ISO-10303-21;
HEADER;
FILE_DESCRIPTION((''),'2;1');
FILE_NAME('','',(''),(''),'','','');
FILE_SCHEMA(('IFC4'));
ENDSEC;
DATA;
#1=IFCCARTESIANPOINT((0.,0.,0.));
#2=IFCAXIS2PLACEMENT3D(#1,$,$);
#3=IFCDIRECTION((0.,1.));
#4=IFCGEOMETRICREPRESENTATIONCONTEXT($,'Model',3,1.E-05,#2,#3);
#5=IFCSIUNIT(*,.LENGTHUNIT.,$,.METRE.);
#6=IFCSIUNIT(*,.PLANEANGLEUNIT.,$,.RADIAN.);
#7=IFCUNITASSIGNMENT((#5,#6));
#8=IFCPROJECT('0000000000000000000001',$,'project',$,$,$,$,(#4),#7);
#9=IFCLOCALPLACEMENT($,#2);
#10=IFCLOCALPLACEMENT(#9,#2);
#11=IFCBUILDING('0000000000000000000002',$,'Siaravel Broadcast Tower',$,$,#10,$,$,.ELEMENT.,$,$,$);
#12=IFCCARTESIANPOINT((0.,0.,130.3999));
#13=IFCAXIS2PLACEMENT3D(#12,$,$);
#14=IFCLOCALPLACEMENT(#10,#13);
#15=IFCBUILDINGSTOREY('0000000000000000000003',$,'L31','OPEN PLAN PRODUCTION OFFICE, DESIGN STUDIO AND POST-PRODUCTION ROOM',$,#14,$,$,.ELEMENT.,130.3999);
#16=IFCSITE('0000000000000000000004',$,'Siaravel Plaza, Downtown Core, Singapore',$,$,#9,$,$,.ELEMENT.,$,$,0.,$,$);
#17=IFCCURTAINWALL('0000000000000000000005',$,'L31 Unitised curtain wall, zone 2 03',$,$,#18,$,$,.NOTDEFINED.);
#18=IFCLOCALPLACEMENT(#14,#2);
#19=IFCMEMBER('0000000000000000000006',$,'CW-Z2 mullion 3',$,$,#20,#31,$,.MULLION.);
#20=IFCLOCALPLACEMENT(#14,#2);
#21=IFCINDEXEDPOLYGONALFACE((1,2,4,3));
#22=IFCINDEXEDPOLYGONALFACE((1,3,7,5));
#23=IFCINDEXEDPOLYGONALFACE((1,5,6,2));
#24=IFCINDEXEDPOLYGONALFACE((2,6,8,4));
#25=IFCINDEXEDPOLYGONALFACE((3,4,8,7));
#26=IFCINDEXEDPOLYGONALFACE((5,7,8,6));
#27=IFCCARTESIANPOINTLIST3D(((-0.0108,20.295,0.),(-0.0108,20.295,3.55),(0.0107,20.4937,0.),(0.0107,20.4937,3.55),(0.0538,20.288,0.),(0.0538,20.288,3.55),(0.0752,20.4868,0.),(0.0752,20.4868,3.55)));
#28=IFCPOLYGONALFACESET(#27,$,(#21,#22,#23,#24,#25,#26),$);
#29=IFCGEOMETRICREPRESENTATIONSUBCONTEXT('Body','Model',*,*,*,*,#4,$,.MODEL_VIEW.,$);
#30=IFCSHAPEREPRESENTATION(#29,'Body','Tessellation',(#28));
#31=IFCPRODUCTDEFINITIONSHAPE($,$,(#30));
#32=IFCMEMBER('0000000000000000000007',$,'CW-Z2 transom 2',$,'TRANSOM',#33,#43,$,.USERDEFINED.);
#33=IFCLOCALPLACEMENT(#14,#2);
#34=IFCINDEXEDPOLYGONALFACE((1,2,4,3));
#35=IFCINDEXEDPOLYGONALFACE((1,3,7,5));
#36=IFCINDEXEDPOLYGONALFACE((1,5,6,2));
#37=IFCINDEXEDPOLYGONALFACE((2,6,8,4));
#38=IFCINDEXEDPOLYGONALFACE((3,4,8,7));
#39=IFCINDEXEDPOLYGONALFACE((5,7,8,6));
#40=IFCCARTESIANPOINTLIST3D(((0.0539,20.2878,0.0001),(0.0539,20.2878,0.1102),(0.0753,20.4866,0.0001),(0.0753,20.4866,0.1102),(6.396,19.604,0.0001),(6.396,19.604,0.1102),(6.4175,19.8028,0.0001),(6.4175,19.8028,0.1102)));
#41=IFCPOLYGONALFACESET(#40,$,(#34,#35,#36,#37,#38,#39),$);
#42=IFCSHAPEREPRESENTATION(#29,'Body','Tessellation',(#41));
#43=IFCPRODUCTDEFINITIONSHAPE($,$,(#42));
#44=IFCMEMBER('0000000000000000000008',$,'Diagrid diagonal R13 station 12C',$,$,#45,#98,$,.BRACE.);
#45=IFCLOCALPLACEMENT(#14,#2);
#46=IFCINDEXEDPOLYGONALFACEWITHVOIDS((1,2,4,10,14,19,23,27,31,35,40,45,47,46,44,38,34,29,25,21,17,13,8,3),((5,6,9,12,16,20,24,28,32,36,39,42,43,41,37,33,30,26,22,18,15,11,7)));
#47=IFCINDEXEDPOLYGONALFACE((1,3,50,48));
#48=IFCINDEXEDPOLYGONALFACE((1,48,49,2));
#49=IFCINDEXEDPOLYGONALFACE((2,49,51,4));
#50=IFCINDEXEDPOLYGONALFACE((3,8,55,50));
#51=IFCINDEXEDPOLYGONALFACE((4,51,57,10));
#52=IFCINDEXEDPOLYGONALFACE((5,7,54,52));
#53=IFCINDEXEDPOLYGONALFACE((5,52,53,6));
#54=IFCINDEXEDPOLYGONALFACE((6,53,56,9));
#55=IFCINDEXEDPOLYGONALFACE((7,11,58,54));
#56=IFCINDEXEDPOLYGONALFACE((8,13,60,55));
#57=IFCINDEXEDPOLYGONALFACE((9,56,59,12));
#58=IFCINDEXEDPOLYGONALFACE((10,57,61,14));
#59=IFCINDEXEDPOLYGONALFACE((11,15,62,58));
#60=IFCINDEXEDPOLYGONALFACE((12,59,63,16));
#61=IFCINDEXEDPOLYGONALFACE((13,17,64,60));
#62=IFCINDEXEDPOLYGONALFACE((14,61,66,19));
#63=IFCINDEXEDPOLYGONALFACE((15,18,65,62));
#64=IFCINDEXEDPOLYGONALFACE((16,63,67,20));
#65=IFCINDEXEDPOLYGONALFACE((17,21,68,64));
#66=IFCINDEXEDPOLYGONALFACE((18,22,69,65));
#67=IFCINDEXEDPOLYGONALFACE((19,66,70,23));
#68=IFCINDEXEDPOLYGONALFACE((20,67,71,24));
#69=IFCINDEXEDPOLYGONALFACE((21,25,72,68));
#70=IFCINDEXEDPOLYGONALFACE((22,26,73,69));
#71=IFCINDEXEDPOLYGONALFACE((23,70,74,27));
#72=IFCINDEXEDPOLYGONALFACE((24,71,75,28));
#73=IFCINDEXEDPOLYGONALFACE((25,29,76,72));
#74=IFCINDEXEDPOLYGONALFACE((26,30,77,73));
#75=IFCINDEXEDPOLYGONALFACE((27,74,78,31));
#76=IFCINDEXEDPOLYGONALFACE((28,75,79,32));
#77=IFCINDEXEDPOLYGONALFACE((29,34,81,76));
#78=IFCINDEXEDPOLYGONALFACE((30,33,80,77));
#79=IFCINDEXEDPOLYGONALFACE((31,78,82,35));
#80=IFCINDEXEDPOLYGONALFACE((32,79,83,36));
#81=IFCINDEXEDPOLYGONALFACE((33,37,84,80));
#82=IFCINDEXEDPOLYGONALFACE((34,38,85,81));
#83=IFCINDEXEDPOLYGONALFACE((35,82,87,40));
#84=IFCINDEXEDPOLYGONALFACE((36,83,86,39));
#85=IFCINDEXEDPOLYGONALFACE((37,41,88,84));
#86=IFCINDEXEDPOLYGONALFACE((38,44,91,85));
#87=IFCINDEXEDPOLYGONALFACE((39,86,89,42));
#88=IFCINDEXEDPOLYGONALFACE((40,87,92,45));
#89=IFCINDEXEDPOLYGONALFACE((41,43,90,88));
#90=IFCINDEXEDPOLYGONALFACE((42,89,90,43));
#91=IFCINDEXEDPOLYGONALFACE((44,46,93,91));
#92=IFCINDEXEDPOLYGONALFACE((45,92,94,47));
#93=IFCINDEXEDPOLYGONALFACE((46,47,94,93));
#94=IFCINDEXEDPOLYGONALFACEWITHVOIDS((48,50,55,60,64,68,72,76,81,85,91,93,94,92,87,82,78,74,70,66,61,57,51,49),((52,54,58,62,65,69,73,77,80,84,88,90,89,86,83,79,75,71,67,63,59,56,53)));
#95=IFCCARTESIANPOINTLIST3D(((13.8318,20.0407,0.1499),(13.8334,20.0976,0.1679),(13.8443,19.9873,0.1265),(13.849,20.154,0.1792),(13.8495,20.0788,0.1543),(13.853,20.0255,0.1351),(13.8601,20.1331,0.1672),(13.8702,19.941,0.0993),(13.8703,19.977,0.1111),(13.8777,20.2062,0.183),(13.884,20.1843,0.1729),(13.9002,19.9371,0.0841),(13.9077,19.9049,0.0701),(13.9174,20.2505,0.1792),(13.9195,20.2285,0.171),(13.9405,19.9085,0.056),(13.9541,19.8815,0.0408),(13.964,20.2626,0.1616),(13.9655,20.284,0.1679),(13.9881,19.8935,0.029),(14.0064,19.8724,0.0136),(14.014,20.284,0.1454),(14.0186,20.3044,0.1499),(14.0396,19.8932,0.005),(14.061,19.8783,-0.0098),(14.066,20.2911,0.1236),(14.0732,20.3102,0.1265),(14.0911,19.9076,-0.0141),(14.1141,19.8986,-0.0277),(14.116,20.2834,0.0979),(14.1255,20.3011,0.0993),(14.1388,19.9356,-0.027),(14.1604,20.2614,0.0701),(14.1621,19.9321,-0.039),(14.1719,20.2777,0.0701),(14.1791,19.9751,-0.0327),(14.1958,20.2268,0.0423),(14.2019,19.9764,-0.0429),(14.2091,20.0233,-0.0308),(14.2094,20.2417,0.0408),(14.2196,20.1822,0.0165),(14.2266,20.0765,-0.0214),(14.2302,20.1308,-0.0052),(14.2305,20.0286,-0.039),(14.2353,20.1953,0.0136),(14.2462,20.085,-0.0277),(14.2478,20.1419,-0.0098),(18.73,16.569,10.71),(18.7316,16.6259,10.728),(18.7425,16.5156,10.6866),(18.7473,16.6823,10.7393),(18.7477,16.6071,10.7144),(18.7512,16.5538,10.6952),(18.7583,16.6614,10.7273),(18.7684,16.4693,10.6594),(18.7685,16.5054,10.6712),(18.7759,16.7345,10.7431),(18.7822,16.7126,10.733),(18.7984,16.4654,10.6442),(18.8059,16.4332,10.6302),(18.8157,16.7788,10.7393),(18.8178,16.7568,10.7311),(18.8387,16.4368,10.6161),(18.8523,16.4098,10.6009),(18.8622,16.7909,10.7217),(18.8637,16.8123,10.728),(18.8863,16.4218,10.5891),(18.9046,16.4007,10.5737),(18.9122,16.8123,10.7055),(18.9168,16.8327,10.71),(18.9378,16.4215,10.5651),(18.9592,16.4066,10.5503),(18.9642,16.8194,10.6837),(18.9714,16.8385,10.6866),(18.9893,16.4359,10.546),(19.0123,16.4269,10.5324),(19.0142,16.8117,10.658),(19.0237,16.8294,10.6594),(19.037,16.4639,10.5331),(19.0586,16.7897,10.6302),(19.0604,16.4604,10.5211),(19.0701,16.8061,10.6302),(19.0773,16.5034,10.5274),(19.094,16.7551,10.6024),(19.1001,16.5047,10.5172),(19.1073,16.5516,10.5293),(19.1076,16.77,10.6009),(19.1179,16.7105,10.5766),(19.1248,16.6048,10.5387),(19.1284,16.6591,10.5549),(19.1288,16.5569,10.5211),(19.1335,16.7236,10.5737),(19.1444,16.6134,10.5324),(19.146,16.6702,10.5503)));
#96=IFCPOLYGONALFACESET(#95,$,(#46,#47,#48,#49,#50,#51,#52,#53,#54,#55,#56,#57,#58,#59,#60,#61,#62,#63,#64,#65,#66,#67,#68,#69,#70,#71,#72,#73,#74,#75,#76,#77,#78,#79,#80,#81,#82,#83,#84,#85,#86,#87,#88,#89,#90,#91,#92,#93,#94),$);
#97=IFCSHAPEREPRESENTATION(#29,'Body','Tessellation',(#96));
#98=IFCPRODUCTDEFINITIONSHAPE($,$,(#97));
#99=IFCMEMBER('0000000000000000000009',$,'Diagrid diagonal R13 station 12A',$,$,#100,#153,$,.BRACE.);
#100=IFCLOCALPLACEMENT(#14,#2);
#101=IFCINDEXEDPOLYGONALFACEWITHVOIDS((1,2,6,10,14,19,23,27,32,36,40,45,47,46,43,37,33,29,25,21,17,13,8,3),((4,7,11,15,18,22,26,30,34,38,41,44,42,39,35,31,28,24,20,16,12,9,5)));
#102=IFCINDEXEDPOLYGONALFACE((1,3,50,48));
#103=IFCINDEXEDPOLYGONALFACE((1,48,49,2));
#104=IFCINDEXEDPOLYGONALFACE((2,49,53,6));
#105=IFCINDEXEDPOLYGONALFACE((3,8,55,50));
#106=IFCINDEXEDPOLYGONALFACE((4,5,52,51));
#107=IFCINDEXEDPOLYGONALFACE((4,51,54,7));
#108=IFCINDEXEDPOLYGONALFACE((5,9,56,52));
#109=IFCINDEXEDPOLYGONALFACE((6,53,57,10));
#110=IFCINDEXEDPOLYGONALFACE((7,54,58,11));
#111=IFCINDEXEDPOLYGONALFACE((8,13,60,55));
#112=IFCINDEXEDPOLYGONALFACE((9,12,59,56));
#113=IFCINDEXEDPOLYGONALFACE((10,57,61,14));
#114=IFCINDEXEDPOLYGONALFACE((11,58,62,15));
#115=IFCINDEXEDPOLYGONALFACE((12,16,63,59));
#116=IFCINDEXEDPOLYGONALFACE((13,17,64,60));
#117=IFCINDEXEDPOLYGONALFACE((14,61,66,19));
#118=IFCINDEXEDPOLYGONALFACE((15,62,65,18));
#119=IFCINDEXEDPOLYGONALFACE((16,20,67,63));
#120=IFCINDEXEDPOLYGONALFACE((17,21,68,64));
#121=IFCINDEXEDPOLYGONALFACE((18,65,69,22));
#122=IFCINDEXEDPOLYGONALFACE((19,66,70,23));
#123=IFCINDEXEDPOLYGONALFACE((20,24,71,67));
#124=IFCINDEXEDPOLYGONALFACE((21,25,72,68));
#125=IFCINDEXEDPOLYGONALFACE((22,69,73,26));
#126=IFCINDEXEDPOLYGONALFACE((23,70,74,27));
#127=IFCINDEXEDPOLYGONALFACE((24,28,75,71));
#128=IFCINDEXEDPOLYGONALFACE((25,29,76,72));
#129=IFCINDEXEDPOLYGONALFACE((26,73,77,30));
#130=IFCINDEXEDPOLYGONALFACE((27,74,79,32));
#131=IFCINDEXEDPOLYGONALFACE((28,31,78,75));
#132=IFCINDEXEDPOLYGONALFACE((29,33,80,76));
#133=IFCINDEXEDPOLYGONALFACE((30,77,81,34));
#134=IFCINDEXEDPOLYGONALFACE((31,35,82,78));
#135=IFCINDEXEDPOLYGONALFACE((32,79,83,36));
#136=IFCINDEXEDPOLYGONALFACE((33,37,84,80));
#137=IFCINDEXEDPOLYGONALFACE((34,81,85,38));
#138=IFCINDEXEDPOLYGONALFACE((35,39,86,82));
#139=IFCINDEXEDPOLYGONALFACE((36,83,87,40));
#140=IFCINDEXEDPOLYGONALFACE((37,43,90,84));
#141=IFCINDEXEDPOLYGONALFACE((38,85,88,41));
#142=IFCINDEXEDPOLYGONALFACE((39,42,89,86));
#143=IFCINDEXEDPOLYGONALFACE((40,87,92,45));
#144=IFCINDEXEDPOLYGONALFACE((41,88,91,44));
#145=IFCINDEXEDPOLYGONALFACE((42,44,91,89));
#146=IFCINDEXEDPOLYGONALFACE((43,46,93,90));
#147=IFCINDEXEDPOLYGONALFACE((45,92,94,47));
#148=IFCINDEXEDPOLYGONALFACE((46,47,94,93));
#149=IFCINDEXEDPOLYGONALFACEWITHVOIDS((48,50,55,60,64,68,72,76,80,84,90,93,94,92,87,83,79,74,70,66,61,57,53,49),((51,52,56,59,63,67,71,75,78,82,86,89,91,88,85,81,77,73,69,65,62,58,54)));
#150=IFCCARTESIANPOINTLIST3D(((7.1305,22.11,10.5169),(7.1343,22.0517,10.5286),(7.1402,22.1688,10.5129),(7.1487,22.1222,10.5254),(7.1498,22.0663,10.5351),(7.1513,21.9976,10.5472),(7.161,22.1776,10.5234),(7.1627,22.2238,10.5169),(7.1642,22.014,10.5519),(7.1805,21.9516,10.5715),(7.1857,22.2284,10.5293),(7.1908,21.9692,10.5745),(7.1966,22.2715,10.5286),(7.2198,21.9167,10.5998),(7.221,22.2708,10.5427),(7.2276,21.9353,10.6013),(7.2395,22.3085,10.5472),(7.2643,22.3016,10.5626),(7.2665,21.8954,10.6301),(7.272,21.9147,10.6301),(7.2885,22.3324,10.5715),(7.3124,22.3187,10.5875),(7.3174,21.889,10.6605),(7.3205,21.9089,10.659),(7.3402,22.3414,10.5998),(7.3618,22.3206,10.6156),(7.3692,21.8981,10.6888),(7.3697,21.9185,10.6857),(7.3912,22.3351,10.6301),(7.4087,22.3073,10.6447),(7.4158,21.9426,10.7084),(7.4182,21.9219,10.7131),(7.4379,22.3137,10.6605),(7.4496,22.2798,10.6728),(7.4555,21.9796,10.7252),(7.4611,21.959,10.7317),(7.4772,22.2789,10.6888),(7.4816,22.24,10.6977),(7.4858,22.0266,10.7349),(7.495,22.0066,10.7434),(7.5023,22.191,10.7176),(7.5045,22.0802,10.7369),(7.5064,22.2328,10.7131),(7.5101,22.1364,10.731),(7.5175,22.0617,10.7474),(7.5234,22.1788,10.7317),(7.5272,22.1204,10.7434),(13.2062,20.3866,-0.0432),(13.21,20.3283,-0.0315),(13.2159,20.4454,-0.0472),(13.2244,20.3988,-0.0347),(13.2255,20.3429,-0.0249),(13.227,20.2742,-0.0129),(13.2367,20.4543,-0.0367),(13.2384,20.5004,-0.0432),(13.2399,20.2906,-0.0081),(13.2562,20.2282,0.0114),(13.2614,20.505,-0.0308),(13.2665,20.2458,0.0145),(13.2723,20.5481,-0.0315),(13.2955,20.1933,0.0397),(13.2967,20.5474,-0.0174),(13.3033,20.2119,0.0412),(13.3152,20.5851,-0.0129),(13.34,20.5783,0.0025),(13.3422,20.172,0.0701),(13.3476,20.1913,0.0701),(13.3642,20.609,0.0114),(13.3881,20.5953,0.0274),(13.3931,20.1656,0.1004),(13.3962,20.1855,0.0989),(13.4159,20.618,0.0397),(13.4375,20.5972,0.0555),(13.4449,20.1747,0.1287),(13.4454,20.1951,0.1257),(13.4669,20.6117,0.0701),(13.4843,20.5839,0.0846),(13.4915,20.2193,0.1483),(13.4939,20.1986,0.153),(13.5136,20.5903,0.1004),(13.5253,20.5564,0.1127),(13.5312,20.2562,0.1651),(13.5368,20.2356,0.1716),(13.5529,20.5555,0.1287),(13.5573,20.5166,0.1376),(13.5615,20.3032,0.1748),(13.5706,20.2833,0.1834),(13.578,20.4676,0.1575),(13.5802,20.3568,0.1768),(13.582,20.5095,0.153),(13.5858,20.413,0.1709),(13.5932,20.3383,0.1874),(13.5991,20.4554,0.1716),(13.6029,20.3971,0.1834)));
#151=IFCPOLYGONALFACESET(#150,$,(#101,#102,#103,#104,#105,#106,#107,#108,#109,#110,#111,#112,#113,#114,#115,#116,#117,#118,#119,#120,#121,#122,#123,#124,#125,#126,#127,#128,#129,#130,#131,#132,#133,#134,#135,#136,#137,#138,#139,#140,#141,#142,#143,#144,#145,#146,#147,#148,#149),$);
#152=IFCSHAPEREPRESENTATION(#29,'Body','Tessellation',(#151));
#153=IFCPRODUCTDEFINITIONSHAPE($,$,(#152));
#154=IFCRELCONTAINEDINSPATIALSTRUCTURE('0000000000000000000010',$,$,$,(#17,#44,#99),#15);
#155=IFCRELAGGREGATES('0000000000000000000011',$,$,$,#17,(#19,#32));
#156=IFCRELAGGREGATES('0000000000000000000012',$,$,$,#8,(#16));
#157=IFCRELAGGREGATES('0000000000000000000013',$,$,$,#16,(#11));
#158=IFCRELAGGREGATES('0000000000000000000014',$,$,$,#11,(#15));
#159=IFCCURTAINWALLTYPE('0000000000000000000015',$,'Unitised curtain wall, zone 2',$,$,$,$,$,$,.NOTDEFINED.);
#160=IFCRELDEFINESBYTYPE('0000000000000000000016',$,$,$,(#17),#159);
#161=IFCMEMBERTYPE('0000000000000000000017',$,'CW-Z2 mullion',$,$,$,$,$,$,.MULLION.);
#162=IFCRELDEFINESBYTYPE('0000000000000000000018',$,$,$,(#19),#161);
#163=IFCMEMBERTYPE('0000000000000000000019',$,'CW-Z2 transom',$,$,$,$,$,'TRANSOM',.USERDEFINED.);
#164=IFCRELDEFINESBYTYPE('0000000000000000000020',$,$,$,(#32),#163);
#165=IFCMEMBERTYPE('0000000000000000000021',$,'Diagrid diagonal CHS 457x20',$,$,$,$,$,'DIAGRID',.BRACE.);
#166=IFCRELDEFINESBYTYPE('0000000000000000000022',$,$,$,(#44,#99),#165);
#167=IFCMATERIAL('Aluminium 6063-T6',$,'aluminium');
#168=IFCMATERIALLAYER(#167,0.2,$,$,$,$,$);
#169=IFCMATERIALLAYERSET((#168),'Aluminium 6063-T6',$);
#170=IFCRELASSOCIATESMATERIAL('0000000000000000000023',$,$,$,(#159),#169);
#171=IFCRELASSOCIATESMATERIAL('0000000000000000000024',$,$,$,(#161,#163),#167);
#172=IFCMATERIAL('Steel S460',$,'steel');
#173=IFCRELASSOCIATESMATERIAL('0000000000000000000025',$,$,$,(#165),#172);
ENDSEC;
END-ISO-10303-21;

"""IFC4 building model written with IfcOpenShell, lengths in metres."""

from ifc_helpers import new_model, si_unit, direction, frame, origin, origin_2d, place, context, subcontext, project, spatial, rectangle, hollow_circle, extrude, material, layer, layer_set, material_profile, profile_set, type_object, element, aggregate, save


model = new_model("IFC4")

# Units and contexts
model_context = context("Model", 3, precision=1e-05, world=origin(), true_north=direction((0.0, 1.0)))
body_context = subcontext(model_context, "Body", "Model", "MODEL_VIEW")
ifc_project = project(units=[si_unit("LENGTHUNIT", "METRE"), si_unit("PLANEANGLEUNIT", "RADIAN")], contexts=[model_context])

# Site, building, storey
site_placement = place(None, origin())
site = spatial("IfcSite", under=ifc_project, at=site_placement, Name="Siaravel Plaza, Downtown Core, Singapore", CompositionType="ELEMENT", RefElevation=0.0)
building_placement = place(site_placement, origin())
building = spatial("IfcBuilding", under=site, at=building_placement, Name="Siaravel Broadcast Tower", CompositionType="ELEMENT")
storey_placement = place(building_placement, frame((0.0, 0.0, 130.3999)))
storey = spatial("IfcBuildingStorey", under=building, at=storey_placement, Name="L31", Description="OPEN PLAN PRODUCTION OFFICE, DESIGN STUDIO AND POST-PRODUCTION ROOM", CompositionType="ELEMENT", Elevation=130.3999)

# Curtain wall, members
ifc_material_1 = material(Name="Aluminium 6063-T6", Category="aluminium")
ifc_layer_1 = layer(ifc_material_1, 0.2)
ifc_layer_set_1 = layer_set([ifc_layer_1], Name="Aluminium 6063-T6")
curtain_wall_type = type_object("IfcCurtainWallType", Name="Unitised curtain wall, zone 2", PredefinedType="NOTDEFINED", material=ifc_layer_set_1)
curtain_wall_placement = place(storey_placement, origin())
curtain_wall = element("IfcCurtainWall", 1, at=curtain_wall_placement, inside=storey, type_object=curtain_wall_type, Name="L31 Unitised curtain wall, zone 2 03", PredefinedType="NOTDEFINED")
ifc_material_profile_1 = material_profile(ifc_material_1, rectangle(XDim=0.2, YDim=0.0649, at=origin_2d()))
ifc_profile_set_1 = profile_set([ifc_material_profile_1], Name="Aluminium 6063-T6")
member_type_1 = type_object("IfcMemberType", Name="CW-Z2 mullion", PredefinedType="MULLION", material=ifc_profile_set_1)
member_1_placement = place(storey_placement, frame((0.0322, 20.3909, 0.0), z_axis=(0.0, 0.0, 1.0), x_axis=(-0.107218, -0.994236, 0.0)))
member_1 = element("IfcMember", 2, at=member_1_placement, type_object=member_type_1, Name="CW-Z2 mullion 3", PredefinedType="MULLION", context=body_context, shape_type="SweptSolid", body=[
    extrude(rectangle(XDim=0.2, YDim=0.0649, at=origin_2d()), origin(), (0.0, 0.0, 1.0), 3.55),
])
ifc_material_profile_2 = material_profile(ifc_material_1, rectangle(XDim=0.2, YDim=0.1101, at=origin_2d()))
ifc_profile_set_2 = profile_set([ifc_material_profile_2], Name="Aluminium 6063-T6")
member_type_2 = type_object("IfcMemberType", Name="CW-Z2 transom", ElementType="TRANSOM", PredefinedType="USERDEFINED", material=ifc_profile_set_2)
member_2_placement = place(storey_placement, frame((6.4067, 19.7034, 0.0552), z_axis=(-0.994237, 0.107205, 0.0), x_axis=(-0.107205, -0.994237, 0.0)))
member_2 = element("IfcMember", 3, at=member_2_placement, type_object=member_type_2, Name="CW-Z2 transom 2", ObjectType="TRANSOM", PredefinedType="USERDEFINED", context=body_context, shape_type="SweptSolid", body=[
    extrude(rectangle(XDim=0.2, YDim=0.1101, at=origin_2d()), origin(), (0.0, 0.0, 1.0), 6.3789),
])

# Members
ifc_material_2 = material(Name="Steel S460", Category="steel")
ifc_material_profile_3 = material_profile(ifc_material_2, hollow_circle(Radius=0.2285, WallThickness=0.02, at=origin_2d()))
ifc_profile_set_3 = profile_set([ifc_material_profile_3], Name="Steel S460")
member_type_3 = type_object("IfcMemberType", Name="Diagrid diagonal CHS 457x20", ElementType="DIAGRID", PredefinedType="BRACE", material=ifc_profile_set_3)
member_3_placement = place(storey_placement, frame((14.0398, 20.0913, 0.0701), z_axis=(0.403229, -0.285796, 0.869326), x_axis=(0.578253, 0.815857, 0.0)))
element("IfcMember", 4, at=member_3_placement, inside=storey, type_object=member_type_3, Name="Diagrid diagonal R13 station 12C", PredefinedType="BRACE", context=body_context, shape_type="SweptSolid", body=[
    extrude(hollow_circle(Radius=0.2285, WallThickness=0.02, at=origin_2d()), origin(), (0.0, 0.0, 1.0), 12.1475),
])
member_4_placement = place(storey_placement, frame((13.4045, 20.3918, 0.0701), z_axis=(-0.49378, 0.140063, 0.858233), x_axis=(-0.272888, -0.962046, 0.0)))
element("IfcMember", 5, at=member_4_placement, inside=storey, type_object=member_type_3, Name="Diagrid diagonal R13 station 12A", PredefinedType="BRACE", context=body_context, shape_type="SweptSolid", body=[
    extrude(hollow_circle(Radius=0.2285, WallThickness=0.02, at=origin_2d()), origin(), (0.0, 0.0, 1.0), 12.3044),
])

aggregate(curtain_wall, [member_1, member_2])

save(model, "model.ifc")
